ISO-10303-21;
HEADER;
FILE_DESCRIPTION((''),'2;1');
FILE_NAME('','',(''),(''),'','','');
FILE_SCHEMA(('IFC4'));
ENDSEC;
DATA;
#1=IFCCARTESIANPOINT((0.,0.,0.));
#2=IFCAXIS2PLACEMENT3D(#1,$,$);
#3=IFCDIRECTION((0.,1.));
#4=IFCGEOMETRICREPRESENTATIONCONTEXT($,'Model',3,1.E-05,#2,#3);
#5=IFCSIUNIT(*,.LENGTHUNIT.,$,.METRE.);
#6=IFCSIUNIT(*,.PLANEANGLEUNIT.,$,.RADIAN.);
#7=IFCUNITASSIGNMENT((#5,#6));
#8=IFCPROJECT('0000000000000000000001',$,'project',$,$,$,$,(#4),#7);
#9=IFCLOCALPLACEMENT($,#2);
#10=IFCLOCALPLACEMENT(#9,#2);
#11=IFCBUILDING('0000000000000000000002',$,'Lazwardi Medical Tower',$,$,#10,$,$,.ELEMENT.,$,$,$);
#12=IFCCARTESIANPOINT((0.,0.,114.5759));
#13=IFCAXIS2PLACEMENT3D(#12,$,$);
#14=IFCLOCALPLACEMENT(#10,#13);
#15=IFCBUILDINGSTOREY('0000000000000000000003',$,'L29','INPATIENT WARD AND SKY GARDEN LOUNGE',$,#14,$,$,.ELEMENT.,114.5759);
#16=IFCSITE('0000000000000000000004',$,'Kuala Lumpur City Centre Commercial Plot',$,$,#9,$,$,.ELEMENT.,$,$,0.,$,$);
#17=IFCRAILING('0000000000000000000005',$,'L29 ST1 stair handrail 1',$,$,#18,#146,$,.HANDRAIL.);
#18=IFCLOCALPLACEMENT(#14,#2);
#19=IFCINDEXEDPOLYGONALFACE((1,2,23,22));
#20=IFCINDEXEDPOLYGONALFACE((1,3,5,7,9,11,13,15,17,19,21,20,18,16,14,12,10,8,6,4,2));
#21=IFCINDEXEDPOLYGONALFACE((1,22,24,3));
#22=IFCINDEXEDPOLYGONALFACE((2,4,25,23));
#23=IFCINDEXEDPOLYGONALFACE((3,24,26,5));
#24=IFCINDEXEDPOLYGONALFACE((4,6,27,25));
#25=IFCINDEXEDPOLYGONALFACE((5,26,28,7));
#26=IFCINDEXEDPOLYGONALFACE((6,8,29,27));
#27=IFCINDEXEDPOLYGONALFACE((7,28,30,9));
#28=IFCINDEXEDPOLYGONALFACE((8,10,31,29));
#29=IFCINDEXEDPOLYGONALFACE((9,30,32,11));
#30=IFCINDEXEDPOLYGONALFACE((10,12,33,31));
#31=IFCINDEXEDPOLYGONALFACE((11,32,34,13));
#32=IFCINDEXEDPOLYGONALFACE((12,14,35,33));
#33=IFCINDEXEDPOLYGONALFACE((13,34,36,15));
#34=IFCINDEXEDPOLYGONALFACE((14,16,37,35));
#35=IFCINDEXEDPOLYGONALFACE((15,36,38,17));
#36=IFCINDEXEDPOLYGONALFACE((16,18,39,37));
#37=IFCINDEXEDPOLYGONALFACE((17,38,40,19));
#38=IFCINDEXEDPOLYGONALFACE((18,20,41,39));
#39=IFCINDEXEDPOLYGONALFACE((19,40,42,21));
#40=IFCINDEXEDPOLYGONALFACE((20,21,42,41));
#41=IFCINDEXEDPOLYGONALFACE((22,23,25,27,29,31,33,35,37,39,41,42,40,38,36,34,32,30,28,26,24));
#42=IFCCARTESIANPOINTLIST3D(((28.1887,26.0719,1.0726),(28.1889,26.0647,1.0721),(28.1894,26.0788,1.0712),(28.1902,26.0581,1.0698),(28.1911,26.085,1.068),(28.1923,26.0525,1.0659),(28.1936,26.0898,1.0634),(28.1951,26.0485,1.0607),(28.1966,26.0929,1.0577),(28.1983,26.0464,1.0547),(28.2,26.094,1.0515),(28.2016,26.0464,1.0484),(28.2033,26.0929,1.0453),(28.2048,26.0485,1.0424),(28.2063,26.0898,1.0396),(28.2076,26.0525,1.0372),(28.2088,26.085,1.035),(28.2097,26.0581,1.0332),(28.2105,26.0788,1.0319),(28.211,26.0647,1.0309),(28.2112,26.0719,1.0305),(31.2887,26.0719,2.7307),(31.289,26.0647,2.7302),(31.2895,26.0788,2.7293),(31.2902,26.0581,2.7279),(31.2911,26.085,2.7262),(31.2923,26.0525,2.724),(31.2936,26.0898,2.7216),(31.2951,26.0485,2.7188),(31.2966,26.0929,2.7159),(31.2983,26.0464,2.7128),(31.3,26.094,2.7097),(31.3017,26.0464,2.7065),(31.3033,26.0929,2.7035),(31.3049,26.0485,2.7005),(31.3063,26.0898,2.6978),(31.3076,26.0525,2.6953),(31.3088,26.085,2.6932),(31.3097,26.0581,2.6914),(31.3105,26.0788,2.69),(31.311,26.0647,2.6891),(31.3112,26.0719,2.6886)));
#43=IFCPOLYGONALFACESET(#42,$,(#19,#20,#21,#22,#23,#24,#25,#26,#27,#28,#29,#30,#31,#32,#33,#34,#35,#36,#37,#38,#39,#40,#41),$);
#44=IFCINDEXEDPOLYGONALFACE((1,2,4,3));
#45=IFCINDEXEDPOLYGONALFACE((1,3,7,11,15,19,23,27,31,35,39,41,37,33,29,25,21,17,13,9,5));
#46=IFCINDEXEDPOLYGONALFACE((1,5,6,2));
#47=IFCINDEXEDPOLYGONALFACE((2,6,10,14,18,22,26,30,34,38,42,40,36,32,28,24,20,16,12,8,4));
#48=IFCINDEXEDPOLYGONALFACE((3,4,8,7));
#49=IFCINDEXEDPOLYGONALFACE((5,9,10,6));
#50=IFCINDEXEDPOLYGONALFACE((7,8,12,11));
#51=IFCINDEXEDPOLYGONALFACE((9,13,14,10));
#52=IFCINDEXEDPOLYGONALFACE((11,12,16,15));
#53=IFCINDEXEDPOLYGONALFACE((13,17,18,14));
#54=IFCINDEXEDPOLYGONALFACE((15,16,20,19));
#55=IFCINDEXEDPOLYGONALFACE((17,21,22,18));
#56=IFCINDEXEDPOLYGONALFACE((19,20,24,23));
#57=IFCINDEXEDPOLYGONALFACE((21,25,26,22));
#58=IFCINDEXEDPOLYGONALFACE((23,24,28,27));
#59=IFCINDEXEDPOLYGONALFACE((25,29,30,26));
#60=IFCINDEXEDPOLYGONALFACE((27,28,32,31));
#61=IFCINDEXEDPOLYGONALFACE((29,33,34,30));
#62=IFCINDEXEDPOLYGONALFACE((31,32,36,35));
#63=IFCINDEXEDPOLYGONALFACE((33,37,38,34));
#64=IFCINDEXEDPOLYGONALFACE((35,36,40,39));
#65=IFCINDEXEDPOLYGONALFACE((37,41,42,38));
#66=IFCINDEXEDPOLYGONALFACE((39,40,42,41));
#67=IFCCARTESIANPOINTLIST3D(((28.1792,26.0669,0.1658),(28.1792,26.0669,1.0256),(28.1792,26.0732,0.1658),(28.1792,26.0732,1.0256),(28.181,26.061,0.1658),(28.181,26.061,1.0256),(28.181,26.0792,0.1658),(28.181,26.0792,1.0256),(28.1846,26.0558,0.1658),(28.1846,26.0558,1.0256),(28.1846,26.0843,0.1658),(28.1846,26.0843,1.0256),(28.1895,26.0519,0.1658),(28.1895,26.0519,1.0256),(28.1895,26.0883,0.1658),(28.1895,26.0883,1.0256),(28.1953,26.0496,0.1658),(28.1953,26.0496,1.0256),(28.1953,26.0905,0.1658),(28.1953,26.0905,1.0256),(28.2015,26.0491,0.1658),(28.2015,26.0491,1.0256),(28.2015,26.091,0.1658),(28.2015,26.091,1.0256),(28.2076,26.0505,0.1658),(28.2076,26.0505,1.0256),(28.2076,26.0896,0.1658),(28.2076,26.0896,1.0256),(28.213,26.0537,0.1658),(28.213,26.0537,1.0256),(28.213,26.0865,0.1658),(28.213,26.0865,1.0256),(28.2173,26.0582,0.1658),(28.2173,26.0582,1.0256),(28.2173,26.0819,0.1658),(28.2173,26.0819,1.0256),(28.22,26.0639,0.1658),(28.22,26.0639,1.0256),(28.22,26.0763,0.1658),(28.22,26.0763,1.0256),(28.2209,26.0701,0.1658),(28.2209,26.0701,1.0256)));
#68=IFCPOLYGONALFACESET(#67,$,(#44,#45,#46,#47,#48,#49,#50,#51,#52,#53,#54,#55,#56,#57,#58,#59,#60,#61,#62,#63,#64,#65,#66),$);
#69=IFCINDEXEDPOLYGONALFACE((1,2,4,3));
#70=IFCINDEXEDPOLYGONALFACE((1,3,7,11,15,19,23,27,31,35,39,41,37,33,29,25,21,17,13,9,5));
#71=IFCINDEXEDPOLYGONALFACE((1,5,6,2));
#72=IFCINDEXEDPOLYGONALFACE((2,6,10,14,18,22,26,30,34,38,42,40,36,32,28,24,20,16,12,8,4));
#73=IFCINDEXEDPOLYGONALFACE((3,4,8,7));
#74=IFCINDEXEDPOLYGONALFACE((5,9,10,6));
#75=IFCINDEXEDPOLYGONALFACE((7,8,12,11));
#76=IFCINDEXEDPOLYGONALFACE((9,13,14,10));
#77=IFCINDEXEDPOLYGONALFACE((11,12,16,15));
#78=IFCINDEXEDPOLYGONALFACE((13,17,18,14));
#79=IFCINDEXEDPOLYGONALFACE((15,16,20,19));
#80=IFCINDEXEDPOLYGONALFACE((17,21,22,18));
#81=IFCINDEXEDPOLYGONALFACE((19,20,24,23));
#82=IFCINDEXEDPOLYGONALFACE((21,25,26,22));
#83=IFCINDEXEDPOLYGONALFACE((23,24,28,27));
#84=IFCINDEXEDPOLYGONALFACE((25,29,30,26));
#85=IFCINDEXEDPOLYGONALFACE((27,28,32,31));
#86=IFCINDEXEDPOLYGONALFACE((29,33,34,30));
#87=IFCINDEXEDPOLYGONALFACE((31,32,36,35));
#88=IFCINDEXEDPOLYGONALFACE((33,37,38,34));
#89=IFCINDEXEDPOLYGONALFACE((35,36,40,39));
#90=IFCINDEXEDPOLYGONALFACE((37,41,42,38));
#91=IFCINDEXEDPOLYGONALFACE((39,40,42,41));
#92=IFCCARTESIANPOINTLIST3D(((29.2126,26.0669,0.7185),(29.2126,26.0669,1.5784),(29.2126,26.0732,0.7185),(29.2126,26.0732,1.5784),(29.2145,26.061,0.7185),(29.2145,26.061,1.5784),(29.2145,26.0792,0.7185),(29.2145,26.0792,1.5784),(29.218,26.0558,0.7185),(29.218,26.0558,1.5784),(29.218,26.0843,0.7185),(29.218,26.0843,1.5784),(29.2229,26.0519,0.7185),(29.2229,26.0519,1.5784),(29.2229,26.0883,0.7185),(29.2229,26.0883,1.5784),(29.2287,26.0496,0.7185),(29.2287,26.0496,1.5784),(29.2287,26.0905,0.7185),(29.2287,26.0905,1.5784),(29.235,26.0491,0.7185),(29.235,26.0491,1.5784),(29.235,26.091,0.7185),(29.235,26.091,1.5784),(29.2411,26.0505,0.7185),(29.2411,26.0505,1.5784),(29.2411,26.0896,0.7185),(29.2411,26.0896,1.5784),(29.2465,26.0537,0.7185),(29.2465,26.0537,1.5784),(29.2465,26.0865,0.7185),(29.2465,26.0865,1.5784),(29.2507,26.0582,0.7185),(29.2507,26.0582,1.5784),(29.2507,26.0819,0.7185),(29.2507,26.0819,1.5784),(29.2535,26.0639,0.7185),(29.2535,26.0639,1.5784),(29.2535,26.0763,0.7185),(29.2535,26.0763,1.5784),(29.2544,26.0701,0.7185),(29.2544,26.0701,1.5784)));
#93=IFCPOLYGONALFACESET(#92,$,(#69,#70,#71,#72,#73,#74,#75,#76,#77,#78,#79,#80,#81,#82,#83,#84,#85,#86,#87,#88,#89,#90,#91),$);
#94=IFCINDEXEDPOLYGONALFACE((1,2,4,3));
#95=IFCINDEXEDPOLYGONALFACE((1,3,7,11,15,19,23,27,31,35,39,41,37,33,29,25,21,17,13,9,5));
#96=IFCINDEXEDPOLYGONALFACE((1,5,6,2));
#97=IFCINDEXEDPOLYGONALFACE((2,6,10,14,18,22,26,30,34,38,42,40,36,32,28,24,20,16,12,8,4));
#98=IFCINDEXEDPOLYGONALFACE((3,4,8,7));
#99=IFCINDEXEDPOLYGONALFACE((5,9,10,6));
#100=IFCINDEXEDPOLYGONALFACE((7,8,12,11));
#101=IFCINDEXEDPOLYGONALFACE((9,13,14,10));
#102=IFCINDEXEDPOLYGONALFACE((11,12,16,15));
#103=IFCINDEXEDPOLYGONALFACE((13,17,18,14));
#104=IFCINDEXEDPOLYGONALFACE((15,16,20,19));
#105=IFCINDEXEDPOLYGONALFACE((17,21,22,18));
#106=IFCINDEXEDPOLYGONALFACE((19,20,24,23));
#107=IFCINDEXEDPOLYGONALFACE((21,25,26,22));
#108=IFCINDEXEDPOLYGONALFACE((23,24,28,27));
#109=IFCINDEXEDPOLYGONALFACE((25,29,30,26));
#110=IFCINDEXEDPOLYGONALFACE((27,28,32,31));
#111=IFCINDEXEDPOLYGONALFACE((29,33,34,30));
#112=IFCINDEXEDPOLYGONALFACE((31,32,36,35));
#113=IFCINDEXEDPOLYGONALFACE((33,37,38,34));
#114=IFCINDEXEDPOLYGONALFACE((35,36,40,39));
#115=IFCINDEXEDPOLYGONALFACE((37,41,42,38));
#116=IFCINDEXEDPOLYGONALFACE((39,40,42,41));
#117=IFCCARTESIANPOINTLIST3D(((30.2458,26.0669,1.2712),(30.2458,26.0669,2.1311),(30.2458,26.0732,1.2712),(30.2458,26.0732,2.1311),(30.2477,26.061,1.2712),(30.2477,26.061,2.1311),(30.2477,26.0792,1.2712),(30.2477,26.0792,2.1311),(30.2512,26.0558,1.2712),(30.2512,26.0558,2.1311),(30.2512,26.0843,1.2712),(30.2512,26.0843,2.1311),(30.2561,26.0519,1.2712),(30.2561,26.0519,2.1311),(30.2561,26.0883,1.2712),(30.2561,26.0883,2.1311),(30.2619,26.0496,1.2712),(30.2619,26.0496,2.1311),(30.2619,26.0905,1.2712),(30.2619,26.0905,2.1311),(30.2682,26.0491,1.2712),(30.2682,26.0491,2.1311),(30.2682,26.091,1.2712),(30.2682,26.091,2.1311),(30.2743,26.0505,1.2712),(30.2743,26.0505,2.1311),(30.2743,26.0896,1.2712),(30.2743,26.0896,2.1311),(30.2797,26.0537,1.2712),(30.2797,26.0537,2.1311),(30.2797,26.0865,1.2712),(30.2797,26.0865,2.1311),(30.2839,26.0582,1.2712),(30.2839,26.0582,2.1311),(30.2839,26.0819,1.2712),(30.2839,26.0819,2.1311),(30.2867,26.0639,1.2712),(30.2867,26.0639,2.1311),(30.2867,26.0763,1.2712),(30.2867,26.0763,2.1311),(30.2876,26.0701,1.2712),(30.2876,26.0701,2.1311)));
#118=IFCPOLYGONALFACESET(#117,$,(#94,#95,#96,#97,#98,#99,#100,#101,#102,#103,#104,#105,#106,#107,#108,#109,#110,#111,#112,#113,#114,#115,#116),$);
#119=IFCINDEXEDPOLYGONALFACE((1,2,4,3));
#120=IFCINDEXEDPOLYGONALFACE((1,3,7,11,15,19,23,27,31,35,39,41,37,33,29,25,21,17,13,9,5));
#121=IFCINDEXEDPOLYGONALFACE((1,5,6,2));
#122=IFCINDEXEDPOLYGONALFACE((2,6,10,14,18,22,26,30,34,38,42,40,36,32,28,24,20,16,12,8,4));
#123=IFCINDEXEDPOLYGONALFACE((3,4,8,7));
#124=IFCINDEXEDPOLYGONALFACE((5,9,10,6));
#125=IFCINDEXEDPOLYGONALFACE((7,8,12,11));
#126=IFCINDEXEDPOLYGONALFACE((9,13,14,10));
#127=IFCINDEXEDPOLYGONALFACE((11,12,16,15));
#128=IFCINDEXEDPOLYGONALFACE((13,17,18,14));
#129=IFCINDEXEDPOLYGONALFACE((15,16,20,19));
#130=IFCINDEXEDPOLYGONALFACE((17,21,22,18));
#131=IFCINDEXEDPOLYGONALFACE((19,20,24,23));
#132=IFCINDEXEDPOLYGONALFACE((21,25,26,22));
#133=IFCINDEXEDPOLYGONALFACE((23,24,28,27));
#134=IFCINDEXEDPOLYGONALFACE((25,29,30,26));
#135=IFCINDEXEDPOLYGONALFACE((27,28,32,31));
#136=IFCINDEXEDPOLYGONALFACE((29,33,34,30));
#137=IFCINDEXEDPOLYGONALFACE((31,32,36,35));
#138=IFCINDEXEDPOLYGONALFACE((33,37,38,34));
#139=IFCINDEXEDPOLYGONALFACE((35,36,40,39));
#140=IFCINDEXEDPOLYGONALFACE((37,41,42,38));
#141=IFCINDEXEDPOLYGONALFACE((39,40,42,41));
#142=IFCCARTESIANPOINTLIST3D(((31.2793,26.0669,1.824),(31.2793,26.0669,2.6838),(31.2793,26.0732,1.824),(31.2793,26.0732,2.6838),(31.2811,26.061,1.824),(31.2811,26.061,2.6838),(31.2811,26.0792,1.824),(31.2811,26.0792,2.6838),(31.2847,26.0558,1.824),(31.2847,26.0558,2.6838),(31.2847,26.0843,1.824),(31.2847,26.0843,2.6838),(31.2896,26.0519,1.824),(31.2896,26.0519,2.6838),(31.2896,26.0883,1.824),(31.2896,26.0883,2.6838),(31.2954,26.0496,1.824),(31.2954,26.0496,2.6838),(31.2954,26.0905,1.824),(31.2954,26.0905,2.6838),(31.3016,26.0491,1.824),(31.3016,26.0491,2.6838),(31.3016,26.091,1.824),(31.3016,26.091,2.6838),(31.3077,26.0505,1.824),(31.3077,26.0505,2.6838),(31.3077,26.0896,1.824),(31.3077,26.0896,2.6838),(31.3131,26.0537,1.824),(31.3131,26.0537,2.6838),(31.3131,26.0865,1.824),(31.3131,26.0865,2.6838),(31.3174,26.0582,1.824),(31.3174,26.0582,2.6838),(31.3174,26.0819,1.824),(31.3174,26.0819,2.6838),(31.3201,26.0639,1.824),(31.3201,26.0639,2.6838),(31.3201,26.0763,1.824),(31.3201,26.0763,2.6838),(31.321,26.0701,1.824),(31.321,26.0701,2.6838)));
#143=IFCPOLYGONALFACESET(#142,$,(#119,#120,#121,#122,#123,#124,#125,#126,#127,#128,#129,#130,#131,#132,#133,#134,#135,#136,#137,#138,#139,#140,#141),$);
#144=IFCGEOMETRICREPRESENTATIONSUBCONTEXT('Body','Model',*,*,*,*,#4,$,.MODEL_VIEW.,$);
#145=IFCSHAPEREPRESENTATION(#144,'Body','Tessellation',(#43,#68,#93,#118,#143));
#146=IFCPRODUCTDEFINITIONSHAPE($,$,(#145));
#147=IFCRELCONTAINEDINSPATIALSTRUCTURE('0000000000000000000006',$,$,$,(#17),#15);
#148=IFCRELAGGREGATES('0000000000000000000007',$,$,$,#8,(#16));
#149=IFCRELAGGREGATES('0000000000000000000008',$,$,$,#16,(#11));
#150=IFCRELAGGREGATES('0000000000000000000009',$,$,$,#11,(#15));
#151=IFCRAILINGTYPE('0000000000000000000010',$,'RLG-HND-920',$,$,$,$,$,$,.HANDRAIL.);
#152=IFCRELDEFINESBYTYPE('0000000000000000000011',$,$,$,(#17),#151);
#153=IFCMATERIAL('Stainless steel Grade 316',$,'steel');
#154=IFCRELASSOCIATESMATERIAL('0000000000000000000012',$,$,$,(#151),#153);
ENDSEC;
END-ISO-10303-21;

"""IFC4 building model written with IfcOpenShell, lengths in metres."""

from ifc_helpers import new_model, si_unit, direction, frame, origin, origin_2d, place, context, subcontext, project, spatial, circle, extrude, material, type_object, element, save


model = new_model("IFC4")

# Units and contexts
model_context = context("Model", 3, precision=1e-05, world=origin(), true_north=direction((0.0, 1.0)))
body_context = subcontext(model_context, "Body", "Model", "MODEL_VIEW")
ifc_project = project(units=[si_unit("LENGTHUNIT", "METRE"), si_unit("PLANEANGLEUNIT", "RADIAN")], contexts=[model_context])

# Site, building, storey
site_placement = place(None, origin())
site = spatial("IfcSite", under=ifc_project, at=site_placement, Name="Kuala Lumpur City Centre Commercial Plot", CompositionType="ELEMENT", RefElevation=0.0)
building_placement = place(site_placement, origin())
building = spatial("IfcBuilding", under=site, at=building_placement, Name="Lazwardi Medical Tower", CompositionType="ELEMENT")
storey_placement = place(building_placement, frame((0.0, 0.0, 114.5759)))
storey = spatial("IfcBuildingStorey", under=building, at=storey_placement, Name="L29", Description="INPATIENT WARD AND SKY GARDEN LOUNGE", CompositionType="ELEMENT", Elevation=114.5759)

# Railing
ifc_material_1 = material(Name="Stainless steel Grade 316", Category="steel")
railing_type_1 = type_object("IfcRailingType", Name="RLG-HND-920", PredefinedType="HANDRAIL", material=ifc_material_1)
railing_1_placement = place(storey_placement, frame((28.2, 26.0701, 0.1658)))
element("IfcRailing", 1, at=railing_1_placement, inside=storey, type_object=railing_type_1, Name="L29 ST1 stair handrail 1", PredefinedType="HANDRAIL", context=body_context, shape_type="SweptSolid", body=[
    extrude(circle(Radius=0.0239, at=origin_2d()), frame((0.0, 0.0, 0.8857), z_axis=(0.881783, 0.0, 0.471655), x_axis=(0.0, 1.0, 0.0)), (0.0, 0.0, 1.0), 3.5156),
    extrude(circle(Radius=0.021, at=origin_2d()), origin(), (0.0, 0.0, 1.0), 0.8599),
    extrude(circle(Radius=0.021, at=origin_2d()), frame((1.0334, 0.0, 0.5527)), (0.0, 0.0, 1.0), 0.8599),
    extrude(circle(Radius=0.021, at=origin_2d()), frame((2.0667, 0.0, 1.1055)), (0.0, 0.0, 1.0), 0.8599),
    extrude(circle(Radius=0.021, at=origin_2d()), frame((3.1001, 0.0, 1.6582)), (0.0, 0.0, 1.0), 0.8599),
])

save(model, "model.ifc")
